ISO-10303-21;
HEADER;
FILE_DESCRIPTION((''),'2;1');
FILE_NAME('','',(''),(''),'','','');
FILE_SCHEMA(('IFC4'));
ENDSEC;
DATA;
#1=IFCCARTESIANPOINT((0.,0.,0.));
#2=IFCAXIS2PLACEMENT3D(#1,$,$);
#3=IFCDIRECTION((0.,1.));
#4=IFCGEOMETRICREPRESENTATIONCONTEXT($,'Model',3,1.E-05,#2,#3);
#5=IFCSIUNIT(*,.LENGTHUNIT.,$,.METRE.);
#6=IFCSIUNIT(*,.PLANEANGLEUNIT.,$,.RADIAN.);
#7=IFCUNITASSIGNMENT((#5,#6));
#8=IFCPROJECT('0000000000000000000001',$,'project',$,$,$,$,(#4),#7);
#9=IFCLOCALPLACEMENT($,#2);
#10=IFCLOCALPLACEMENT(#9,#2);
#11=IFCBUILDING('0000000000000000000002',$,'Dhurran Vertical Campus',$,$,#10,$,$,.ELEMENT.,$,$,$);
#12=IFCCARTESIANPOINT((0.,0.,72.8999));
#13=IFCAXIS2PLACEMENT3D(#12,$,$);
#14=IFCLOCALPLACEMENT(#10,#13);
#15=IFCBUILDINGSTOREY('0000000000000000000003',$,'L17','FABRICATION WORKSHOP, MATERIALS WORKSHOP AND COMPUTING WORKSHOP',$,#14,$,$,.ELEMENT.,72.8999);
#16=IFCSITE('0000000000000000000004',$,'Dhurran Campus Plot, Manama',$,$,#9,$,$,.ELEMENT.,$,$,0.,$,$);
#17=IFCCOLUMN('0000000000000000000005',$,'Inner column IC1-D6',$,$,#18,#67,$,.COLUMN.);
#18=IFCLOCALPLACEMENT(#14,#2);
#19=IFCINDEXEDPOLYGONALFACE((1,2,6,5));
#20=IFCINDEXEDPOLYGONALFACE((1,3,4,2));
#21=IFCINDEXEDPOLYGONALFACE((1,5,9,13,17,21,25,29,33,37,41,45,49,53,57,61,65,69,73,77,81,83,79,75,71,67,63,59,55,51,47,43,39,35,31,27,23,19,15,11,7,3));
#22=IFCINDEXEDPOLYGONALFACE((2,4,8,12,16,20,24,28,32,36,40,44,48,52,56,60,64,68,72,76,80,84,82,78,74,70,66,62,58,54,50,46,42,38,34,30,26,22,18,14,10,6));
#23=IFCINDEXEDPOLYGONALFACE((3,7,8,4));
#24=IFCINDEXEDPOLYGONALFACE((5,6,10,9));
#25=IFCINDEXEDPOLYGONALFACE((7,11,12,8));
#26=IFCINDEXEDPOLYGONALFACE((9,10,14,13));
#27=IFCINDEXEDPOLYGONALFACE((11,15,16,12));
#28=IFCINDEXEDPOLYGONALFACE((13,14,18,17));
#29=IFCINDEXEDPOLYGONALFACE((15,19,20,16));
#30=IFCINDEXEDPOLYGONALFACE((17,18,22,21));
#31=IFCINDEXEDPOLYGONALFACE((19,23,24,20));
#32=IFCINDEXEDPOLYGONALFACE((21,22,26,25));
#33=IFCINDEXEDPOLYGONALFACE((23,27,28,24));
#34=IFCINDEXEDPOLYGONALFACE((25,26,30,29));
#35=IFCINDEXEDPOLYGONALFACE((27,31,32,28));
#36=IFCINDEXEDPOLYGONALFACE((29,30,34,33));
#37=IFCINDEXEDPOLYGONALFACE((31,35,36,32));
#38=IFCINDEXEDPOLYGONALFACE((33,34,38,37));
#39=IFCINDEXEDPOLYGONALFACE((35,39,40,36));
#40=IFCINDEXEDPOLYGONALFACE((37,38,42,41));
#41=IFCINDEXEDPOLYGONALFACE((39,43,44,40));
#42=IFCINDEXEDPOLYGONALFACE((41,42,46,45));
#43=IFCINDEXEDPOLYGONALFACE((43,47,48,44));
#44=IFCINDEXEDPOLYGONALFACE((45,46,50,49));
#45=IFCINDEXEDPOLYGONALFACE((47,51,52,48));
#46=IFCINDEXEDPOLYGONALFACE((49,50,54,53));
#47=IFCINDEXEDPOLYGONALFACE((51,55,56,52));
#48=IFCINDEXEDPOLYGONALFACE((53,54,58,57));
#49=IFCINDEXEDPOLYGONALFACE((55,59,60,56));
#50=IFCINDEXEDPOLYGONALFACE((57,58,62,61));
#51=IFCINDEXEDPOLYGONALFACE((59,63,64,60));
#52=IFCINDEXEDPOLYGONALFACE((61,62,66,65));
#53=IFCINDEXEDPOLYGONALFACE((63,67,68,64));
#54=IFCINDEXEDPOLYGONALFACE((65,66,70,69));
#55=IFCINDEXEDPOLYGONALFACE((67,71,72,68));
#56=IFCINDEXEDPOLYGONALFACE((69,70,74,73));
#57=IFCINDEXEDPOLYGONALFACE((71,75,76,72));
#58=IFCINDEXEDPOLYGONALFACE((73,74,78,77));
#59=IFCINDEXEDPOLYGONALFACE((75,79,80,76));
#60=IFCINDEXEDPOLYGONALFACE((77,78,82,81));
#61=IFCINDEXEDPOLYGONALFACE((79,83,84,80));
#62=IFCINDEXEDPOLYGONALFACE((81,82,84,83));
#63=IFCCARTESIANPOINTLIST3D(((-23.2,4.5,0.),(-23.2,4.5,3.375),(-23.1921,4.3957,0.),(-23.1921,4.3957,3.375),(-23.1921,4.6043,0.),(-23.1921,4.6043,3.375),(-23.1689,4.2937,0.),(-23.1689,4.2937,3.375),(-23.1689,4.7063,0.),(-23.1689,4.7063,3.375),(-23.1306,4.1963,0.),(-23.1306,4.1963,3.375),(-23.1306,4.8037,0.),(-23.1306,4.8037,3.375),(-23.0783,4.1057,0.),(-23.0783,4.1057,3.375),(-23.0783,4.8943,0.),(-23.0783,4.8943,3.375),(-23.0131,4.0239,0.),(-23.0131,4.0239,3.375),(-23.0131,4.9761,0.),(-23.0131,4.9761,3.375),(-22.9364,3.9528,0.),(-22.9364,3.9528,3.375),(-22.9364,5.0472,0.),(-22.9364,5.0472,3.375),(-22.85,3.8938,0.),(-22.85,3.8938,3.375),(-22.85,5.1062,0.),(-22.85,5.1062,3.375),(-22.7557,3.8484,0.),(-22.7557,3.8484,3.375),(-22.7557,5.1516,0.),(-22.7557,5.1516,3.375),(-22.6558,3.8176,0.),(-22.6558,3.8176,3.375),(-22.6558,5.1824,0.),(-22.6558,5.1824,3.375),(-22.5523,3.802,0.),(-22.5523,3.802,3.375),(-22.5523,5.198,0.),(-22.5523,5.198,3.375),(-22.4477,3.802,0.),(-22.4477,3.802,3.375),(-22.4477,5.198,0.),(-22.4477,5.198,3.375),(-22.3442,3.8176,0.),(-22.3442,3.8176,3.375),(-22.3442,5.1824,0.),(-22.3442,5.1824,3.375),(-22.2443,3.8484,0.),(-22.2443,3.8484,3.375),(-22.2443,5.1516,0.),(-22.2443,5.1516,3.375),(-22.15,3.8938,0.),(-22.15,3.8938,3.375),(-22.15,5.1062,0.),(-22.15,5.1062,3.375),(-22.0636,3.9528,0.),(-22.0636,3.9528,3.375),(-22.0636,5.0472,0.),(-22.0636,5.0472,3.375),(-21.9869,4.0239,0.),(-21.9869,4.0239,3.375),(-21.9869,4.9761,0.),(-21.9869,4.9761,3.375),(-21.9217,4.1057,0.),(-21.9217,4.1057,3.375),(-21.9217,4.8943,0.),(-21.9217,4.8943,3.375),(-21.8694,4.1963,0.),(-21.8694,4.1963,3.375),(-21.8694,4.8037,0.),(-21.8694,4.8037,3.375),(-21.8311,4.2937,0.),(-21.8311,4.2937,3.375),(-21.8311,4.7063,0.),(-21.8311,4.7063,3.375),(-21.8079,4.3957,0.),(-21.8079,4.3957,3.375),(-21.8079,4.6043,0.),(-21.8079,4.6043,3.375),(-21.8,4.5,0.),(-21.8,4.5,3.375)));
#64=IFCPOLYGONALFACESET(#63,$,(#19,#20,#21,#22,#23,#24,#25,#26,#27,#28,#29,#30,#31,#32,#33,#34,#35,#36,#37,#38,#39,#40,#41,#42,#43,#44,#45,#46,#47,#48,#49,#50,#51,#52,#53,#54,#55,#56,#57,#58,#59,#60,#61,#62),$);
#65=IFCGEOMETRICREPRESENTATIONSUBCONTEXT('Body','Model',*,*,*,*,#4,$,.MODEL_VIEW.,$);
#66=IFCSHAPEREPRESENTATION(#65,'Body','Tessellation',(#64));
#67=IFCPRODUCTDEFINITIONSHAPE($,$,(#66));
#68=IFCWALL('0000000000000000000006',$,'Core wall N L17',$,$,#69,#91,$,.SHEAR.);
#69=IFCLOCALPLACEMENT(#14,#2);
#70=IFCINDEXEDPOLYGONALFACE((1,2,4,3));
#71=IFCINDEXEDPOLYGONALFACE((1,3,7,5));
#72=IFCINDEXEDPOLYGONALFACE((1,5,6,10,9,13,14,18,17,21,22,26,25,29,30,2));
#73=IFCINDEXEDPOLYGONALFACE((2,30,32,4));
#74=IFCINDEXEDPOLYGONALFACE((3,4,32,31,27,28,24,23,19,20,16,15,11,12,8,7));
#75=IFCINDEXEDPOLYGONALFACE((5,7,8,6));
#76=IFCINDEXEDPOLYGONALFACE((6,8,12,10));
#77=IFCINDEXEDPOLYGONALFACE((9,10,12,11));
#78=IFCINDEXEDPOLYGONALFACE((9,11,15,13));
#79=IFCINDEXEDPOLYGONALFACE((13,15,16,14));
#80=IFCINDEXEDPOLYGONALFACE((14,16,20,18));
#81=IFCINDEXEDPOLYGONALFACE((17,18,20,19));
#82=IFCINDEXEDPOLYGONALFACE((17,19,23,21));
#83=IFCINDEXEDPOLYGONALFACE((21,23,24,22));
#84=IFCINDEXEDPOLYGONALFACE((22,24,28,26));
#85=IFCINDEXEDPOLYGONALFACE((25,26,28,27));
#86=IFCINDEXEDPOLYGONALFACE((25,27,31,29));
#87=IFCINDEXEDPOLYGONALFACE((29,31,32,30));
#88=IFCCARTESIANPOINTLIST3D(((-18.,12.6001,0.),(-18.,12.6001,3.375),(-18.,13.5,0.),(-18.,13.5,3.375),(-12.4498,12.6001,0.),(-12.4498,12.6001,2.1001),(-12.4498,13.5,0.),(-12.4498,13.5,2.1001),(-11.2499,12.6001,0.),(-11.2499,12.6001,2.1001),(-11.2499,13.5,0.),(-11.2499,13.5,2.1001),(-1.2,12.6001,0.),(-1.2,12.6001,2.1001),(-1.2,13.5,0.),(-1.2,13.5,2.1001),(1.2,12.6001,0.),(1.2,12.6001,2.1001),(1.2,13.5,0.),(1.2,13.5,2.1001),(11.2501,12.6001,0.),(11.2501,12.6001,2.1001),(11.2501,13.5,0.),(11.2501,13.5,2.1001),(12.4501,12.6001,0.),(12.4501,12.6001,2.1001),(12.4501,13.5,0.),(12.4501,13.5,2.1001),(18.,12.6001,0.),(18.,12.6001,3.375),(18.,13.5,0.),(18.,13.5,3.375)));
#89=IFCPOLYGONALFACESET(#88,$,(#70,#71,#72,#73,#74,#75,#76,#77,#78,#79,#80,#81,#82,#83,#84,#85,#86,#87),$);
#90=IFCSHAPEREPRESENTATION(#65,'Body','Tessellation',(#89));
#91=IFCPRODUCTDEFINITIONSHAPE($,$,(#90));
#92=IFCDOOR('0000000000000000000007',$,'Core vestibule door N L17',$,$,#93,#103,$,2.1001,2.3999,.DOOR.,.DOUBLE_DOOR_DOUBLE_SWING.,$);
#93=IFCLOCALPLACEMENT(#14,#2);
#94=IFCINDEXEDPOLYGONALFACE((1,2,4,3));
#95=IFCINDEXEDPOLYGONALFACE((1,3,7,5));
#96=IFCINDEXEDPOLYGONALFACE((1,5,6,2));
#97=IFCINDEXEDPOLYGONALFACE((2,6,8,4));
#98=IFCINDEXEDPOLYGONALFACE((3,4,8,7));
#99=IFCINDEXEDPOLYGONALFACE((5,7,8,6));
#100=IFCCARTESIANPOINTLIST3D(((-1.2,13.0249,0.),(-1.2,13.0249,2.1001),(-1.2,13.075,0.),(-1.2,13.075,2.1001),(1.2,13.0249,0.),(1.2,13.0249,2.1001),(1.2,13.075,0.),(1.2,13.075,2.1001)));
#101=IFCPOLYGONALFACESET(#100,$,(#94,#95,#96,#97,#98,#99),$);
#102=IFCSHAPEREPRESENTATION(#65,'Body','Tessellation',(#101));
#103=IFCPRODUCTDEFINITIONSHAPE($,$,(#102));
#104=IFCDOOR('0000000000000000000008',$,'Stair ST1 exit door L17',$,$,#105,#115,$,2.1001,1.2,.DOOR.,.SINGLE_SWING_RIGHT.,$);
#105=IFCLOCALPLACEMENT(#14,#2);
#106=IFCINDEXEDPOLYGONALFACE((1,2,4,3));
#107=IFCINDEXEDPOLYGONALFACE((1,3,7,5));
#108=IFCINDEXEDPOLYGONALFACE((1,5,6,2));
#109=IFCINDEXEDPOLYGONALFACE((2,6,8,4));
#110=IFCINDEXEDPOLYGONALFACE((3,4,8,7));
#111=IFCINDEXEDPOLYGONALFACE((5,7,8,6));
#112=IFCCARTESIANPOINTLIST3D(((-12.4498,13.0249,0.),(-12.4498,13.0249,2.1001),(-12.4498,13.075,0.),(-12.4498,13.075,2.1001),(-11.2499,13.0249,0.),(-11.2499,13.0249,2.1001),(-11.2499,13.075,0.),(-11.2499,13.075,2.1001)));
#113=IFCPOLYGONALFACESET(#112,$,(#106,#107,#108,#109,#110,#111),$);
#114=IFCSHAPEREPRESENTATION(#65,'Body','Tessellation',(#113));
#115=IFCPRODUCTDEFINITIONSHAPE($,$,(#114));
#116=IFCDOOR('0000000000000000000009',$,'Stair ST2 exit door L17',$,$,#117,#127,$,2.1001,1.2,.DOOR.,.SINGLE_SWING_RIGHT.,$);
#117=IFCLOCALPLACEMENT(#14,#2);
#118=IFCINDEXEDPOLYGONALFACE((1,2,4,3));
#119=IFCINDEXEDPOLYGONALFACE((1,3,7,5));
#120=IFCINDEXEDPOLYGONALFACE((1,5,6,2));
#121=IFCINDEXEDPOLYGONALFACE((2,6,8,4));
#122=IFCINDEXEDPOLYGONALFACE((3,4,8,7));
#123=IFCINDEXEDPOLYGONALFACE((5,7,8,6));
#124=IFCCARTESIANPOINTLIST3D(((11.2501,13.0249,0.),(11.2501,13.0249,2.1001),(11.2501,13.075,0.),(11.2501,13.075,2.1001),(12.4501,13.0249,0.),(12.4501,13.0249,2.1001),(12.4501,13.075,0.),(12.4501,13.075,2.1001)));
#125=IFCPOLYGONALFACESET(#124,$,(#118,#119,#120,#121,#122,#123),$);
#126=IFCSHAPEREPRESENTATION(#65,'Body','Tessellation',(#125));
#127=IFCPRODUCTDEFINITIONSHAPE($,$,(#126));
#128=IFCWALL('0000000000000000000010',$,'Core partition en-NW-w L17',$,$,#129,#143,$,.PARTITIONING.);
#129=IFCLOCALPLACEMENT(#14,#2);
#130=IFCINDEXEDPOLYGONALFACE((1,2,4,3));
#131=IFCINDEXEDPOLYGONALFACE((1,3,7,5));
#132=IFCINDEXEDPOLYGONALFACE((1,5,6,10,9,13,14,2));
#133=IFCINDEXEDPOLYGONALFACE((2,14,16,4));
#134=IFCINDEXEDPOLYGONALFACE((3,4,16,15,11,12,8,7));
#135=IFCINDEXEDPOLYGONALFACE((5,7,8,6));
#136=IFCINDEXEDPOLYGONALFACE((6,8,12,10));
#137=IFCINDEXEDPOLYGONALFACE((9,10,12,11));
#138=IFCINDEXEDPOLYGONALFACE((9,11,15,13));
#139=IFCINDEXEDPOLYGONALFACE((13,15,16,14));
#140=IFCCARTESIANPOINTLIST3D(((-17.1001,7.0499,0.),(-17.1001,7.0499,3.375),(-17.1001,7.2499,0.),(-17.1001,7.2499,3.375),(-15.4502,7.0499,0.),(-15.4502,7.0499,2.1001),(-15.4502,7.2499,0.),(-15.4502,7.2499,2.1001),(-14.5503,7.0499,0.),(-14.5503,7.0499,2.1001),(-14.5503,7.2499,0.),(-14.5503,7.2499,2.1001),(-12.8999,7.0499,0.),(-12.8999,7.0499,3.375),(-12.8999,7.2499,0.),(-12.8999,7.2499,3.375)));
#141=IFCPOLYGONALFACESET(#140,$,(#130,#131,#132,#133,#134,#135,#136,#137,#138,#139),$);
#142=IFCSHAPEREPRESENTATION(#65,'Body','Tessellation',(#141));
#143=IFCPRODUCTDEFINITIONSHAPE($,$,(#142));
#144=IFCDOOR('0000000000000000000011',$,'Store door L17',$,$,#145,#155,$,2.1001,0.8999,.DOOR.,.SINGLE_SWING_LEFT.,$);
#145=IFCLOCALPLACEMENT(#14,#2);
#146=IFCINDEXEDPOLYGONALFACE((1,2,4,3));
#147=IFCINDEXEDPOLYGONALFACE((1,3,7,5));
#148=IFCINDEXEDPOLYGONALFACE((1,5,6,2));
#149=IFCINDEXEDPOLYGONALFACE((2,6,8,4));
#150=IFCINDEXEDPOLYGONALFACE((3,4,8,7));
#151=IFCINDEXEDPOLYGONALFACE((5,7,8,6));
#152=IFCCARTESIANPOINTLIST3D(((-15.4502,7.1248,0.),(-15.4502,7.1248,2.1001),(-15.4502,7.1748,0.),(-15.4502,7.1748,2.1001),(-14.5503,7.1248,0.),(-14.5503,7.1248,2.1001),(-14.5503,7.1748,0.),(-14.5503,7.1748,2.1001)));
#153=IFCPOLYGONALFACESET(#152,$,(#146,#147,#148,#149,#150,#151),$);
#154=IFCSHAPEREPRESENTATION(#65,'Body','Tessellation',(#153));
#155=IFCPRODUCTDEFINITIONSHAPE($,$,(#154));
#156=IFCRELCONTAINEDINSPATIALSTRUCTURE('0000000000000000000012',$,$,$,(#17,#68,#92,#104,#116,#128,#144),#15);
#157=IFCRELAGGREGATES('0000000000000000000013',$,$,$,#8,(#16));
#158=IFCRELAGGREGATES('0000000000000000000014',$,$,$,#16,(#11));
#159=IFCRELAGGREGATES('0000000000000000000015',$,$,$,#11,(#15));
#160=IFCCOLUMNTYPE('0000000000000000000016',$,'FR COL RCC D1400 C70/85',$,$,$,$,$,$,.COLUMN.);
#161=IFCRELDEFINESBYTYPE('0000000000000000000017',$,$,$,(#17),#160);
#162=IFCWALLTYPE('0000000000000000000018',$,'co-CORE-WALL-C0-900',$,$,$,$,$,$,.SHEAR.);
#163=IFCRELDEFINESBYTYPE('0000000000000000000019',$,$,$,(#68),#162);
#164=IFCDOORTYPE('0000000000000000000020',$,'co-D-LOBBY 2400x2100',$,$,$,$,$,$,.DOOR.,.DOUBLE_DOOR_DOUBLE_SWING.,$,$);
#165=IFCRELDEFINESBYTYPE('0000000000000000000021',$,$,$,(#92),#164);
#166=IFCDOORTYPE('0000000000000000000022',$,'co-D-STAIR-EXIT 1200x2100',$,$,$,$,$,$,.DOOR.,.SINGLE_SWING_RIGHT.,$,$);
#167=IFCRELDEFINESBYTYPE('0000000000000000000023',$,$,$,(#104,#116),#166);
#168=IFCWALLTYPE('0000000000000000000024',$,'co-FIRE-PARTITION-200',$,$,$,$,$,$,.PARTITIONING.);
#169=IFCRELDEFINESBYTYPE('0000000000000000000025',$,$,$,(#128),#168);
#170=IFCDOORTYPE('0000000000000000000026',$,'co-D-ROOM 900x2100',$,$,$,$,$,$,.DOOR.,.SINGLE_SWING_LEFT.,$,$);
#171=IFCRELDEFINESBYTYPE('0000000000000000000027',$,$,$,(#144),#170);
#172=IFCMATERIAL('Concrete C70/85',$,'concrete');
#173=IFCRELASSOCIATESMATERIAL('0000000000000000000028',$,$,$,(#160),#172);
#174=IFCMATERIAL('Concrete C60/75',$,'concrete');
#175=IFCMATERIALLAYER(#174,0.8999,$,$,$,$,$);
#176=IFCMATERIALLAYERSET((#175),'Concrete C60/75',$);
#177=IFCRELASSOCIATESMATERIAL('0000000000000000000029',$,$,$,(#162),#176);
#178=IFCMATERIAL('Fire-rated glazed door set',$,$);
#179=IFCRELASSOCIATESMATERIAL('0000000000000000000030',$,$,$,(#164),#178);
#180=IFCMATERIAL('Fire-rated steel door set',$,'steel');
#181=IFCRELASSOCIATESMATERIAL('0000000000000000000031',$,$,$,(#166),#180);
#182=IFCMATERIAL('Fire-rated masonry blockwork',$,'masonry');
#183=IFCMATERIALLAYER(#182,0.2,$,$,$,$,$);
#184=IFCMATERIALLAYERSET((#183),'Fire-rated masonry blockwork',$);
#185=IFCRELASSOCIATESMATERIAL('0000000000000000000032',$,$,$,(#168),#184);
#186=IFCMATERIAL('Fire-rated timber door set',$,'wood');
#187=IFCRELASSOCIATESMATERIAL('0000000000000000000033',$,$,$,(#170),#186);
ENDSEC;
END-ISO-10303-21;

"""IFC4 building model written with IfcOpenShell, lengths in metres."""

from ifc_helpers import new_model, si_unit, direction, frame, frame_2d, origin, origin_2d, place, context, subcontext, project, spatial, rectangle, circle, extrude, material, layer, layer_set, material_profile, profile_set, type_object, element, fill, save


model = new_model("IFC4")

# Units and contexts
model_context = context("Model", 3, precision=1e-05, world=origin(), true_north=direction((0.0, 1.0)))
body_context = subcontext(model_context, "Body", "Model", "MODEL_VIEW")
ifc_project = project(units=[si_unit("LENGTHUNIT", "METRE"), si_unit("PLANEANGLEUNIT", "RADIAN")], contexts=[model_context])

# Site, building, storey
site_placement = place(None, origin())
site = spatial("IfcSite", under=ifc_project, at=site_placement, Name="Dhurran Campus Plot, Manama", CompositionType="ELEMENT", RefElevation=0.0)
building_placement = place(site_placement, origin())
building = spatial("IfcBuilding", under=site, at=building_placement, Name="Dhurran Vertical Campus", CompositionType="ELEMENT")
storey_placement = place(building_placement, frame((0.0, 0.0, 72.8999)))
storey = spatial("IfcBuildingStorey", under=building, at=storey_placement, Name="L17", Description="FABRICATION WORKSHOP, MATERIALS WORKSHOP AND COMPUTING WORKSHOP", CompositionType="ELEMENT", Elevation=72.8999)

# Column
ifc_material_1 = material(Name="Concrete C70/85", Category="concrete")
ifc_material_profile = material_profile(ifc_material_1, circle(Radius=0.7, at=origin_2d()), Name="RCC D1400")
ifc_profile_set = profile_set([ifc_material_profile], Name="Concrete C70/85")
column_type = type_object("IfcColumnType", Name="FR COL RCC D1400 C70/85", PredefinedType="COLUMN", material=ifc_profile_set)
column_placement = place(storey_placement, frame((-22.5, 4.5, 0.0), z_axis=(0.0, 0.0, 1.0), x_axis=(1.0, 0.0, 0.0)))
element("IfcColumn", 1, at=column_placement, inside=storey, type_object=column_type, Name="Inner column IC1-D6", PredefinedType="COLUMN", context=body_context, shape_type="SweptSolid", body=[
    extrude(circle(Radius=0.7, at=origin_2d()), origin(), (0.0, 0.0, 1.0), 3.375),
])

# Wall, openings, doors
ifc_material_2 = material(Name="Concrete C60/75", Category="concrete")
ifc_layer_1 = layer(ifc_material_2, 0.8999)
ifc_layer_set_1 = layer_set([ifc_layer_1], Name="Concrete C60/75")
wall_type_1 = type_object("IfcWallType", Name="co-CORE-WALL-C0-900", PredefinedType="SHEAR", material=ifc_layer_set_1)
wall_1_placement = place(storey_placement, frame((-18.0, 13.05, 0.0), z_axis=(0.0, 0.0, 1.0), x_axis=(1.0, 0.0, 0.0)))
wall_1 = element("IfcWall", 2, at=wall_1_placement, inside=storey, type_object=wall_type_1, Name="Core wall N L17", PredefinedType="SHEAR", context=body_context, shape_type="SweptSolid", body=[
    extrude(rectangle(XDim=36.0, YDim=0.8999, at=frame_2d((18.0, 0.0))), origin(), (0.0, 0.0, 1.0), 3.375),
])
opening_1_placement = place(wall_1_placement, frame((16.8, 0.0, 0.0)))
opening_1 = element("IfcOpeningElement", 3, at=opening_1_placement, cuts=wall_1, PredefinedType="OPENING", context=body_context, shape_type="SweptSolid", body=[
    extrude(rectangle(XDim=2.3999, YDim=2.1001, at=frame_2d((1.2, 1.05))), frame((0.0, 0.46, 0.0), z_axis=(0.0, -1.0, 0.0), x_axis=(1.0, 0.0, 0.0)), (0.0, 0.0, 1.0), 0.9199),
])
opening_2_placement = place(wall_1_placement, frame((5.55, 0.0, 0.0)))
opening_2 = element("IfcOpeningElement", 4, at=opening_2_placement, cuts=wall_1, PredefinedType="OPENING", context=body_context, shape_type="SweptSolid", body=[
    extrude(rectangle(XDim=1.2, YDim=2.1001, at=frame_2d((0.6001, 1.05))), frame((0.0, 0.46, 0.0), z_axis=(0.0, -1.0, 0.0), x_axis=(1.0, 0.0, 0.0)), (0.0, 0.0, 1.0), 0.9199),
])
opening_3_placement = place(wall_1_placement, frame((29.25, 0.0, 0.0)))
opening_3 = element("IfcOpeningElement", 5, at=opening_3_placement, cuts=wall_1, PredefinedType="OPENING", context=body_context, shape_type="SweptSolid", body=[
    extrude(rectangle(XDim=1.2, YDim=2.1001, at=frame_2d((0.6001, 1.05))), frame((0.0, 0.46, 0.0), z_axis=(0.0, -1.0, 0.0), x_axis=(1.0, 0.0, 0.0)), (0.0, 0.0, 1.0), 0.9199),
])
ifc_material_3 = material(Name="Fire-rated glazed door set")
door_type_1 = type_object("IfcDoorType", Name="co-D-LOBBY 2400x2100", OperationType="DOUBLE_DOOR_DOUBLE_SWING", PredefinedType="DOOR", material=ifc_material_3)
door_1_placement = place(opening_1_placement, origin())
door_1 = element("IfcDoor", 6, at=door_1_placement, inside=storey, type_object=door_type_1, Name="Core vestibule door N L17", OperationType="DOUBLE_DOOR_DOUBLE_SWING", OverallHeight=2.1001, OverallWidth=2.3999, PredefinedType="DOOR", context=body_context, shape_type="SweptSolid", body=[
    extrude(rectangle(XDim=2.3999, YDim=2.1001, at=frame_2d((1.2, 1.05))), frame((0.0, 0.0249, 0.0), z_axis=(0.0, -1.0, 0.0), x_axis=(1.0, 0.0, 0.0)), (0.0, 0.0, 1.0), 0.05),
])
fill(opening_1, door_1)
ifc_material_4 = material(Name="Fire-rated steel door set", Category="steel")
door_type_2 = type_object("IfcDoorType", Name="co-D-STAIR-EXIT 1200x2100", OperationType="SINGLE_SWING_RIGHT", PredefinedType="DOOR", material=ifc_material_4)
door_2_placement = place(opening_2_placement, origin())
door_2 = element("IfcDoor", 7, at=door_2_placement, inside=storey, type_object=door_type_2, Name="Stair ST1 exit door L17", OperationType="SINGLE_SWING_RIGHT", OverallHeight=2.1001, OverallWidth=1.2, PredefinedType="DOOR", context=body_context, shape_type="SweptSolid", body=[
    extrude(rectangle(XDim=1.2, YDim=2.1001, at=frame_2d((0.6001, 1.05))), frame((0.0, 0.0249, 0.0), z_axis=(0.0, -1.0, 0.0), x_axis=(1.0, 0.0, 0.0)), (0.0, 0.0, 1.0), 0.05),
])
fill(opening_2, door_2)
door_3_placement = place(opening_3_placement, origin())
door_3 = element("IfcDoor", 8, at=door_3_placement, inside=storey, type_object=door_type_2, Name="Stair ST2 exit door L17", OperationType="SINGLE_SWING_RIGHT", OverallHeight=2.1001, OverallWidth=1.2, PredefinedType="DOOR", context=body_context, shape_type="SweptSolid", body=[
    extrude(rectangle(XDim=1.2, YDim=2.1001, at=frame_2d((0.6001, 1.05))), frame((0.0, 0.0249, 0.0), z_axis=(0.0, -1.0, 0.0), x_axis=(1.0, 0.0, 0.0)), (0.0, 0.0, 1.0), 0.05),
])
fill(opening_3, door_3)

# Wall, opening, door
ifc_material_5 = material(Name="Fire-rated masonry blockwork", Category="masonry")
ifc_layer_2 = layer(ifc_material_5, 0.2)
ifc_layer_set_2 = layer_set([ifc_layer_2], Name="Fire-rated masonry blockwork")
wall_type_2 = type_object("IfcWallType", Name="co-FIRE-PARTITION-200", PredefinedType="PARTITIONING", material=ifc_layer_set_2)
wall_2_placement = place(storey_placement, frame((-17.1001, 7.1499, 0.0), z_axis=(0.0, 0.0, 1.0), x_axis=(1.0, 0.0, 0.0)))
wall_2 = element("IfcWall", 9, at=wall_2_placement, inside=storey, type_object=wall_type_2, Name="Core partition en-NW-w L17", PredefinedType="PARTITIONING", context=body_context, shape_type="SweptSolid", body=[
    extrude(rectangle(XDim=4.2002, YDim=0.2, at=frame_2d((2.1001, 0.0))), origin(), (0.0, 0.0, 1.0), 3.375),
])
opening_4_placement = place(wall_2_placement, frame((1.6499, 0.0, 0.0)))
opening_4 = element("IfcOpeningElement", 10, at=opening_4_placement, cuts=wall_2, PredefinedType="OPENING", context=body_context, shape_type="SweptSolid", body=[
    extrude(rectangle(XDim=0.8999, YDim=2.1001, at=frame_2d((0.45, 1.05))), frame((0.0, 0.1099, 0.0), z_axis=(0.0, -1.0, 0.0), x_axis=(1.0, 0.0, 0.0)), (0.0, 0.0, 1.0), 0.22),
])
ifc_material_6 = material(Name="Fire-rated timber door set", Category="wood")
door_type_3 = type_object("IfcDoorType", Name="co-D-ROOM 900x2100", OperationType="SINGLE_SWING_LEFT", PredefinedType="DOOR", material=ifc_material_6)
door_4_placement = place(opening_4_placement, origin())
door_4 = element("IfcDoor", 11, at=door_4_placement, inside=storey, type_object=door_type_3, Name="Store door L17", OperationType="SINGLE_SWING_LEFT", OverallHeight=2.1001, OverallWidth=0.8999, PredefinedType="DOOR", context=body_context, shape_type="SweptSolid", body=[
    extrude(rectangle(XDim=0.8999, YDim=2.1001, at=frame_2d((0.45, 1.05))), frame((0.0, 0.0249, 0.0), z_axis=(0.0, -1.0, 0.0), x_axis=(1.0, 0.0, 0.0)), (0.0, 0.0, 1.0), 0.05),
])
fill(opening_4, door_4)

save(model, "model.ifc")
